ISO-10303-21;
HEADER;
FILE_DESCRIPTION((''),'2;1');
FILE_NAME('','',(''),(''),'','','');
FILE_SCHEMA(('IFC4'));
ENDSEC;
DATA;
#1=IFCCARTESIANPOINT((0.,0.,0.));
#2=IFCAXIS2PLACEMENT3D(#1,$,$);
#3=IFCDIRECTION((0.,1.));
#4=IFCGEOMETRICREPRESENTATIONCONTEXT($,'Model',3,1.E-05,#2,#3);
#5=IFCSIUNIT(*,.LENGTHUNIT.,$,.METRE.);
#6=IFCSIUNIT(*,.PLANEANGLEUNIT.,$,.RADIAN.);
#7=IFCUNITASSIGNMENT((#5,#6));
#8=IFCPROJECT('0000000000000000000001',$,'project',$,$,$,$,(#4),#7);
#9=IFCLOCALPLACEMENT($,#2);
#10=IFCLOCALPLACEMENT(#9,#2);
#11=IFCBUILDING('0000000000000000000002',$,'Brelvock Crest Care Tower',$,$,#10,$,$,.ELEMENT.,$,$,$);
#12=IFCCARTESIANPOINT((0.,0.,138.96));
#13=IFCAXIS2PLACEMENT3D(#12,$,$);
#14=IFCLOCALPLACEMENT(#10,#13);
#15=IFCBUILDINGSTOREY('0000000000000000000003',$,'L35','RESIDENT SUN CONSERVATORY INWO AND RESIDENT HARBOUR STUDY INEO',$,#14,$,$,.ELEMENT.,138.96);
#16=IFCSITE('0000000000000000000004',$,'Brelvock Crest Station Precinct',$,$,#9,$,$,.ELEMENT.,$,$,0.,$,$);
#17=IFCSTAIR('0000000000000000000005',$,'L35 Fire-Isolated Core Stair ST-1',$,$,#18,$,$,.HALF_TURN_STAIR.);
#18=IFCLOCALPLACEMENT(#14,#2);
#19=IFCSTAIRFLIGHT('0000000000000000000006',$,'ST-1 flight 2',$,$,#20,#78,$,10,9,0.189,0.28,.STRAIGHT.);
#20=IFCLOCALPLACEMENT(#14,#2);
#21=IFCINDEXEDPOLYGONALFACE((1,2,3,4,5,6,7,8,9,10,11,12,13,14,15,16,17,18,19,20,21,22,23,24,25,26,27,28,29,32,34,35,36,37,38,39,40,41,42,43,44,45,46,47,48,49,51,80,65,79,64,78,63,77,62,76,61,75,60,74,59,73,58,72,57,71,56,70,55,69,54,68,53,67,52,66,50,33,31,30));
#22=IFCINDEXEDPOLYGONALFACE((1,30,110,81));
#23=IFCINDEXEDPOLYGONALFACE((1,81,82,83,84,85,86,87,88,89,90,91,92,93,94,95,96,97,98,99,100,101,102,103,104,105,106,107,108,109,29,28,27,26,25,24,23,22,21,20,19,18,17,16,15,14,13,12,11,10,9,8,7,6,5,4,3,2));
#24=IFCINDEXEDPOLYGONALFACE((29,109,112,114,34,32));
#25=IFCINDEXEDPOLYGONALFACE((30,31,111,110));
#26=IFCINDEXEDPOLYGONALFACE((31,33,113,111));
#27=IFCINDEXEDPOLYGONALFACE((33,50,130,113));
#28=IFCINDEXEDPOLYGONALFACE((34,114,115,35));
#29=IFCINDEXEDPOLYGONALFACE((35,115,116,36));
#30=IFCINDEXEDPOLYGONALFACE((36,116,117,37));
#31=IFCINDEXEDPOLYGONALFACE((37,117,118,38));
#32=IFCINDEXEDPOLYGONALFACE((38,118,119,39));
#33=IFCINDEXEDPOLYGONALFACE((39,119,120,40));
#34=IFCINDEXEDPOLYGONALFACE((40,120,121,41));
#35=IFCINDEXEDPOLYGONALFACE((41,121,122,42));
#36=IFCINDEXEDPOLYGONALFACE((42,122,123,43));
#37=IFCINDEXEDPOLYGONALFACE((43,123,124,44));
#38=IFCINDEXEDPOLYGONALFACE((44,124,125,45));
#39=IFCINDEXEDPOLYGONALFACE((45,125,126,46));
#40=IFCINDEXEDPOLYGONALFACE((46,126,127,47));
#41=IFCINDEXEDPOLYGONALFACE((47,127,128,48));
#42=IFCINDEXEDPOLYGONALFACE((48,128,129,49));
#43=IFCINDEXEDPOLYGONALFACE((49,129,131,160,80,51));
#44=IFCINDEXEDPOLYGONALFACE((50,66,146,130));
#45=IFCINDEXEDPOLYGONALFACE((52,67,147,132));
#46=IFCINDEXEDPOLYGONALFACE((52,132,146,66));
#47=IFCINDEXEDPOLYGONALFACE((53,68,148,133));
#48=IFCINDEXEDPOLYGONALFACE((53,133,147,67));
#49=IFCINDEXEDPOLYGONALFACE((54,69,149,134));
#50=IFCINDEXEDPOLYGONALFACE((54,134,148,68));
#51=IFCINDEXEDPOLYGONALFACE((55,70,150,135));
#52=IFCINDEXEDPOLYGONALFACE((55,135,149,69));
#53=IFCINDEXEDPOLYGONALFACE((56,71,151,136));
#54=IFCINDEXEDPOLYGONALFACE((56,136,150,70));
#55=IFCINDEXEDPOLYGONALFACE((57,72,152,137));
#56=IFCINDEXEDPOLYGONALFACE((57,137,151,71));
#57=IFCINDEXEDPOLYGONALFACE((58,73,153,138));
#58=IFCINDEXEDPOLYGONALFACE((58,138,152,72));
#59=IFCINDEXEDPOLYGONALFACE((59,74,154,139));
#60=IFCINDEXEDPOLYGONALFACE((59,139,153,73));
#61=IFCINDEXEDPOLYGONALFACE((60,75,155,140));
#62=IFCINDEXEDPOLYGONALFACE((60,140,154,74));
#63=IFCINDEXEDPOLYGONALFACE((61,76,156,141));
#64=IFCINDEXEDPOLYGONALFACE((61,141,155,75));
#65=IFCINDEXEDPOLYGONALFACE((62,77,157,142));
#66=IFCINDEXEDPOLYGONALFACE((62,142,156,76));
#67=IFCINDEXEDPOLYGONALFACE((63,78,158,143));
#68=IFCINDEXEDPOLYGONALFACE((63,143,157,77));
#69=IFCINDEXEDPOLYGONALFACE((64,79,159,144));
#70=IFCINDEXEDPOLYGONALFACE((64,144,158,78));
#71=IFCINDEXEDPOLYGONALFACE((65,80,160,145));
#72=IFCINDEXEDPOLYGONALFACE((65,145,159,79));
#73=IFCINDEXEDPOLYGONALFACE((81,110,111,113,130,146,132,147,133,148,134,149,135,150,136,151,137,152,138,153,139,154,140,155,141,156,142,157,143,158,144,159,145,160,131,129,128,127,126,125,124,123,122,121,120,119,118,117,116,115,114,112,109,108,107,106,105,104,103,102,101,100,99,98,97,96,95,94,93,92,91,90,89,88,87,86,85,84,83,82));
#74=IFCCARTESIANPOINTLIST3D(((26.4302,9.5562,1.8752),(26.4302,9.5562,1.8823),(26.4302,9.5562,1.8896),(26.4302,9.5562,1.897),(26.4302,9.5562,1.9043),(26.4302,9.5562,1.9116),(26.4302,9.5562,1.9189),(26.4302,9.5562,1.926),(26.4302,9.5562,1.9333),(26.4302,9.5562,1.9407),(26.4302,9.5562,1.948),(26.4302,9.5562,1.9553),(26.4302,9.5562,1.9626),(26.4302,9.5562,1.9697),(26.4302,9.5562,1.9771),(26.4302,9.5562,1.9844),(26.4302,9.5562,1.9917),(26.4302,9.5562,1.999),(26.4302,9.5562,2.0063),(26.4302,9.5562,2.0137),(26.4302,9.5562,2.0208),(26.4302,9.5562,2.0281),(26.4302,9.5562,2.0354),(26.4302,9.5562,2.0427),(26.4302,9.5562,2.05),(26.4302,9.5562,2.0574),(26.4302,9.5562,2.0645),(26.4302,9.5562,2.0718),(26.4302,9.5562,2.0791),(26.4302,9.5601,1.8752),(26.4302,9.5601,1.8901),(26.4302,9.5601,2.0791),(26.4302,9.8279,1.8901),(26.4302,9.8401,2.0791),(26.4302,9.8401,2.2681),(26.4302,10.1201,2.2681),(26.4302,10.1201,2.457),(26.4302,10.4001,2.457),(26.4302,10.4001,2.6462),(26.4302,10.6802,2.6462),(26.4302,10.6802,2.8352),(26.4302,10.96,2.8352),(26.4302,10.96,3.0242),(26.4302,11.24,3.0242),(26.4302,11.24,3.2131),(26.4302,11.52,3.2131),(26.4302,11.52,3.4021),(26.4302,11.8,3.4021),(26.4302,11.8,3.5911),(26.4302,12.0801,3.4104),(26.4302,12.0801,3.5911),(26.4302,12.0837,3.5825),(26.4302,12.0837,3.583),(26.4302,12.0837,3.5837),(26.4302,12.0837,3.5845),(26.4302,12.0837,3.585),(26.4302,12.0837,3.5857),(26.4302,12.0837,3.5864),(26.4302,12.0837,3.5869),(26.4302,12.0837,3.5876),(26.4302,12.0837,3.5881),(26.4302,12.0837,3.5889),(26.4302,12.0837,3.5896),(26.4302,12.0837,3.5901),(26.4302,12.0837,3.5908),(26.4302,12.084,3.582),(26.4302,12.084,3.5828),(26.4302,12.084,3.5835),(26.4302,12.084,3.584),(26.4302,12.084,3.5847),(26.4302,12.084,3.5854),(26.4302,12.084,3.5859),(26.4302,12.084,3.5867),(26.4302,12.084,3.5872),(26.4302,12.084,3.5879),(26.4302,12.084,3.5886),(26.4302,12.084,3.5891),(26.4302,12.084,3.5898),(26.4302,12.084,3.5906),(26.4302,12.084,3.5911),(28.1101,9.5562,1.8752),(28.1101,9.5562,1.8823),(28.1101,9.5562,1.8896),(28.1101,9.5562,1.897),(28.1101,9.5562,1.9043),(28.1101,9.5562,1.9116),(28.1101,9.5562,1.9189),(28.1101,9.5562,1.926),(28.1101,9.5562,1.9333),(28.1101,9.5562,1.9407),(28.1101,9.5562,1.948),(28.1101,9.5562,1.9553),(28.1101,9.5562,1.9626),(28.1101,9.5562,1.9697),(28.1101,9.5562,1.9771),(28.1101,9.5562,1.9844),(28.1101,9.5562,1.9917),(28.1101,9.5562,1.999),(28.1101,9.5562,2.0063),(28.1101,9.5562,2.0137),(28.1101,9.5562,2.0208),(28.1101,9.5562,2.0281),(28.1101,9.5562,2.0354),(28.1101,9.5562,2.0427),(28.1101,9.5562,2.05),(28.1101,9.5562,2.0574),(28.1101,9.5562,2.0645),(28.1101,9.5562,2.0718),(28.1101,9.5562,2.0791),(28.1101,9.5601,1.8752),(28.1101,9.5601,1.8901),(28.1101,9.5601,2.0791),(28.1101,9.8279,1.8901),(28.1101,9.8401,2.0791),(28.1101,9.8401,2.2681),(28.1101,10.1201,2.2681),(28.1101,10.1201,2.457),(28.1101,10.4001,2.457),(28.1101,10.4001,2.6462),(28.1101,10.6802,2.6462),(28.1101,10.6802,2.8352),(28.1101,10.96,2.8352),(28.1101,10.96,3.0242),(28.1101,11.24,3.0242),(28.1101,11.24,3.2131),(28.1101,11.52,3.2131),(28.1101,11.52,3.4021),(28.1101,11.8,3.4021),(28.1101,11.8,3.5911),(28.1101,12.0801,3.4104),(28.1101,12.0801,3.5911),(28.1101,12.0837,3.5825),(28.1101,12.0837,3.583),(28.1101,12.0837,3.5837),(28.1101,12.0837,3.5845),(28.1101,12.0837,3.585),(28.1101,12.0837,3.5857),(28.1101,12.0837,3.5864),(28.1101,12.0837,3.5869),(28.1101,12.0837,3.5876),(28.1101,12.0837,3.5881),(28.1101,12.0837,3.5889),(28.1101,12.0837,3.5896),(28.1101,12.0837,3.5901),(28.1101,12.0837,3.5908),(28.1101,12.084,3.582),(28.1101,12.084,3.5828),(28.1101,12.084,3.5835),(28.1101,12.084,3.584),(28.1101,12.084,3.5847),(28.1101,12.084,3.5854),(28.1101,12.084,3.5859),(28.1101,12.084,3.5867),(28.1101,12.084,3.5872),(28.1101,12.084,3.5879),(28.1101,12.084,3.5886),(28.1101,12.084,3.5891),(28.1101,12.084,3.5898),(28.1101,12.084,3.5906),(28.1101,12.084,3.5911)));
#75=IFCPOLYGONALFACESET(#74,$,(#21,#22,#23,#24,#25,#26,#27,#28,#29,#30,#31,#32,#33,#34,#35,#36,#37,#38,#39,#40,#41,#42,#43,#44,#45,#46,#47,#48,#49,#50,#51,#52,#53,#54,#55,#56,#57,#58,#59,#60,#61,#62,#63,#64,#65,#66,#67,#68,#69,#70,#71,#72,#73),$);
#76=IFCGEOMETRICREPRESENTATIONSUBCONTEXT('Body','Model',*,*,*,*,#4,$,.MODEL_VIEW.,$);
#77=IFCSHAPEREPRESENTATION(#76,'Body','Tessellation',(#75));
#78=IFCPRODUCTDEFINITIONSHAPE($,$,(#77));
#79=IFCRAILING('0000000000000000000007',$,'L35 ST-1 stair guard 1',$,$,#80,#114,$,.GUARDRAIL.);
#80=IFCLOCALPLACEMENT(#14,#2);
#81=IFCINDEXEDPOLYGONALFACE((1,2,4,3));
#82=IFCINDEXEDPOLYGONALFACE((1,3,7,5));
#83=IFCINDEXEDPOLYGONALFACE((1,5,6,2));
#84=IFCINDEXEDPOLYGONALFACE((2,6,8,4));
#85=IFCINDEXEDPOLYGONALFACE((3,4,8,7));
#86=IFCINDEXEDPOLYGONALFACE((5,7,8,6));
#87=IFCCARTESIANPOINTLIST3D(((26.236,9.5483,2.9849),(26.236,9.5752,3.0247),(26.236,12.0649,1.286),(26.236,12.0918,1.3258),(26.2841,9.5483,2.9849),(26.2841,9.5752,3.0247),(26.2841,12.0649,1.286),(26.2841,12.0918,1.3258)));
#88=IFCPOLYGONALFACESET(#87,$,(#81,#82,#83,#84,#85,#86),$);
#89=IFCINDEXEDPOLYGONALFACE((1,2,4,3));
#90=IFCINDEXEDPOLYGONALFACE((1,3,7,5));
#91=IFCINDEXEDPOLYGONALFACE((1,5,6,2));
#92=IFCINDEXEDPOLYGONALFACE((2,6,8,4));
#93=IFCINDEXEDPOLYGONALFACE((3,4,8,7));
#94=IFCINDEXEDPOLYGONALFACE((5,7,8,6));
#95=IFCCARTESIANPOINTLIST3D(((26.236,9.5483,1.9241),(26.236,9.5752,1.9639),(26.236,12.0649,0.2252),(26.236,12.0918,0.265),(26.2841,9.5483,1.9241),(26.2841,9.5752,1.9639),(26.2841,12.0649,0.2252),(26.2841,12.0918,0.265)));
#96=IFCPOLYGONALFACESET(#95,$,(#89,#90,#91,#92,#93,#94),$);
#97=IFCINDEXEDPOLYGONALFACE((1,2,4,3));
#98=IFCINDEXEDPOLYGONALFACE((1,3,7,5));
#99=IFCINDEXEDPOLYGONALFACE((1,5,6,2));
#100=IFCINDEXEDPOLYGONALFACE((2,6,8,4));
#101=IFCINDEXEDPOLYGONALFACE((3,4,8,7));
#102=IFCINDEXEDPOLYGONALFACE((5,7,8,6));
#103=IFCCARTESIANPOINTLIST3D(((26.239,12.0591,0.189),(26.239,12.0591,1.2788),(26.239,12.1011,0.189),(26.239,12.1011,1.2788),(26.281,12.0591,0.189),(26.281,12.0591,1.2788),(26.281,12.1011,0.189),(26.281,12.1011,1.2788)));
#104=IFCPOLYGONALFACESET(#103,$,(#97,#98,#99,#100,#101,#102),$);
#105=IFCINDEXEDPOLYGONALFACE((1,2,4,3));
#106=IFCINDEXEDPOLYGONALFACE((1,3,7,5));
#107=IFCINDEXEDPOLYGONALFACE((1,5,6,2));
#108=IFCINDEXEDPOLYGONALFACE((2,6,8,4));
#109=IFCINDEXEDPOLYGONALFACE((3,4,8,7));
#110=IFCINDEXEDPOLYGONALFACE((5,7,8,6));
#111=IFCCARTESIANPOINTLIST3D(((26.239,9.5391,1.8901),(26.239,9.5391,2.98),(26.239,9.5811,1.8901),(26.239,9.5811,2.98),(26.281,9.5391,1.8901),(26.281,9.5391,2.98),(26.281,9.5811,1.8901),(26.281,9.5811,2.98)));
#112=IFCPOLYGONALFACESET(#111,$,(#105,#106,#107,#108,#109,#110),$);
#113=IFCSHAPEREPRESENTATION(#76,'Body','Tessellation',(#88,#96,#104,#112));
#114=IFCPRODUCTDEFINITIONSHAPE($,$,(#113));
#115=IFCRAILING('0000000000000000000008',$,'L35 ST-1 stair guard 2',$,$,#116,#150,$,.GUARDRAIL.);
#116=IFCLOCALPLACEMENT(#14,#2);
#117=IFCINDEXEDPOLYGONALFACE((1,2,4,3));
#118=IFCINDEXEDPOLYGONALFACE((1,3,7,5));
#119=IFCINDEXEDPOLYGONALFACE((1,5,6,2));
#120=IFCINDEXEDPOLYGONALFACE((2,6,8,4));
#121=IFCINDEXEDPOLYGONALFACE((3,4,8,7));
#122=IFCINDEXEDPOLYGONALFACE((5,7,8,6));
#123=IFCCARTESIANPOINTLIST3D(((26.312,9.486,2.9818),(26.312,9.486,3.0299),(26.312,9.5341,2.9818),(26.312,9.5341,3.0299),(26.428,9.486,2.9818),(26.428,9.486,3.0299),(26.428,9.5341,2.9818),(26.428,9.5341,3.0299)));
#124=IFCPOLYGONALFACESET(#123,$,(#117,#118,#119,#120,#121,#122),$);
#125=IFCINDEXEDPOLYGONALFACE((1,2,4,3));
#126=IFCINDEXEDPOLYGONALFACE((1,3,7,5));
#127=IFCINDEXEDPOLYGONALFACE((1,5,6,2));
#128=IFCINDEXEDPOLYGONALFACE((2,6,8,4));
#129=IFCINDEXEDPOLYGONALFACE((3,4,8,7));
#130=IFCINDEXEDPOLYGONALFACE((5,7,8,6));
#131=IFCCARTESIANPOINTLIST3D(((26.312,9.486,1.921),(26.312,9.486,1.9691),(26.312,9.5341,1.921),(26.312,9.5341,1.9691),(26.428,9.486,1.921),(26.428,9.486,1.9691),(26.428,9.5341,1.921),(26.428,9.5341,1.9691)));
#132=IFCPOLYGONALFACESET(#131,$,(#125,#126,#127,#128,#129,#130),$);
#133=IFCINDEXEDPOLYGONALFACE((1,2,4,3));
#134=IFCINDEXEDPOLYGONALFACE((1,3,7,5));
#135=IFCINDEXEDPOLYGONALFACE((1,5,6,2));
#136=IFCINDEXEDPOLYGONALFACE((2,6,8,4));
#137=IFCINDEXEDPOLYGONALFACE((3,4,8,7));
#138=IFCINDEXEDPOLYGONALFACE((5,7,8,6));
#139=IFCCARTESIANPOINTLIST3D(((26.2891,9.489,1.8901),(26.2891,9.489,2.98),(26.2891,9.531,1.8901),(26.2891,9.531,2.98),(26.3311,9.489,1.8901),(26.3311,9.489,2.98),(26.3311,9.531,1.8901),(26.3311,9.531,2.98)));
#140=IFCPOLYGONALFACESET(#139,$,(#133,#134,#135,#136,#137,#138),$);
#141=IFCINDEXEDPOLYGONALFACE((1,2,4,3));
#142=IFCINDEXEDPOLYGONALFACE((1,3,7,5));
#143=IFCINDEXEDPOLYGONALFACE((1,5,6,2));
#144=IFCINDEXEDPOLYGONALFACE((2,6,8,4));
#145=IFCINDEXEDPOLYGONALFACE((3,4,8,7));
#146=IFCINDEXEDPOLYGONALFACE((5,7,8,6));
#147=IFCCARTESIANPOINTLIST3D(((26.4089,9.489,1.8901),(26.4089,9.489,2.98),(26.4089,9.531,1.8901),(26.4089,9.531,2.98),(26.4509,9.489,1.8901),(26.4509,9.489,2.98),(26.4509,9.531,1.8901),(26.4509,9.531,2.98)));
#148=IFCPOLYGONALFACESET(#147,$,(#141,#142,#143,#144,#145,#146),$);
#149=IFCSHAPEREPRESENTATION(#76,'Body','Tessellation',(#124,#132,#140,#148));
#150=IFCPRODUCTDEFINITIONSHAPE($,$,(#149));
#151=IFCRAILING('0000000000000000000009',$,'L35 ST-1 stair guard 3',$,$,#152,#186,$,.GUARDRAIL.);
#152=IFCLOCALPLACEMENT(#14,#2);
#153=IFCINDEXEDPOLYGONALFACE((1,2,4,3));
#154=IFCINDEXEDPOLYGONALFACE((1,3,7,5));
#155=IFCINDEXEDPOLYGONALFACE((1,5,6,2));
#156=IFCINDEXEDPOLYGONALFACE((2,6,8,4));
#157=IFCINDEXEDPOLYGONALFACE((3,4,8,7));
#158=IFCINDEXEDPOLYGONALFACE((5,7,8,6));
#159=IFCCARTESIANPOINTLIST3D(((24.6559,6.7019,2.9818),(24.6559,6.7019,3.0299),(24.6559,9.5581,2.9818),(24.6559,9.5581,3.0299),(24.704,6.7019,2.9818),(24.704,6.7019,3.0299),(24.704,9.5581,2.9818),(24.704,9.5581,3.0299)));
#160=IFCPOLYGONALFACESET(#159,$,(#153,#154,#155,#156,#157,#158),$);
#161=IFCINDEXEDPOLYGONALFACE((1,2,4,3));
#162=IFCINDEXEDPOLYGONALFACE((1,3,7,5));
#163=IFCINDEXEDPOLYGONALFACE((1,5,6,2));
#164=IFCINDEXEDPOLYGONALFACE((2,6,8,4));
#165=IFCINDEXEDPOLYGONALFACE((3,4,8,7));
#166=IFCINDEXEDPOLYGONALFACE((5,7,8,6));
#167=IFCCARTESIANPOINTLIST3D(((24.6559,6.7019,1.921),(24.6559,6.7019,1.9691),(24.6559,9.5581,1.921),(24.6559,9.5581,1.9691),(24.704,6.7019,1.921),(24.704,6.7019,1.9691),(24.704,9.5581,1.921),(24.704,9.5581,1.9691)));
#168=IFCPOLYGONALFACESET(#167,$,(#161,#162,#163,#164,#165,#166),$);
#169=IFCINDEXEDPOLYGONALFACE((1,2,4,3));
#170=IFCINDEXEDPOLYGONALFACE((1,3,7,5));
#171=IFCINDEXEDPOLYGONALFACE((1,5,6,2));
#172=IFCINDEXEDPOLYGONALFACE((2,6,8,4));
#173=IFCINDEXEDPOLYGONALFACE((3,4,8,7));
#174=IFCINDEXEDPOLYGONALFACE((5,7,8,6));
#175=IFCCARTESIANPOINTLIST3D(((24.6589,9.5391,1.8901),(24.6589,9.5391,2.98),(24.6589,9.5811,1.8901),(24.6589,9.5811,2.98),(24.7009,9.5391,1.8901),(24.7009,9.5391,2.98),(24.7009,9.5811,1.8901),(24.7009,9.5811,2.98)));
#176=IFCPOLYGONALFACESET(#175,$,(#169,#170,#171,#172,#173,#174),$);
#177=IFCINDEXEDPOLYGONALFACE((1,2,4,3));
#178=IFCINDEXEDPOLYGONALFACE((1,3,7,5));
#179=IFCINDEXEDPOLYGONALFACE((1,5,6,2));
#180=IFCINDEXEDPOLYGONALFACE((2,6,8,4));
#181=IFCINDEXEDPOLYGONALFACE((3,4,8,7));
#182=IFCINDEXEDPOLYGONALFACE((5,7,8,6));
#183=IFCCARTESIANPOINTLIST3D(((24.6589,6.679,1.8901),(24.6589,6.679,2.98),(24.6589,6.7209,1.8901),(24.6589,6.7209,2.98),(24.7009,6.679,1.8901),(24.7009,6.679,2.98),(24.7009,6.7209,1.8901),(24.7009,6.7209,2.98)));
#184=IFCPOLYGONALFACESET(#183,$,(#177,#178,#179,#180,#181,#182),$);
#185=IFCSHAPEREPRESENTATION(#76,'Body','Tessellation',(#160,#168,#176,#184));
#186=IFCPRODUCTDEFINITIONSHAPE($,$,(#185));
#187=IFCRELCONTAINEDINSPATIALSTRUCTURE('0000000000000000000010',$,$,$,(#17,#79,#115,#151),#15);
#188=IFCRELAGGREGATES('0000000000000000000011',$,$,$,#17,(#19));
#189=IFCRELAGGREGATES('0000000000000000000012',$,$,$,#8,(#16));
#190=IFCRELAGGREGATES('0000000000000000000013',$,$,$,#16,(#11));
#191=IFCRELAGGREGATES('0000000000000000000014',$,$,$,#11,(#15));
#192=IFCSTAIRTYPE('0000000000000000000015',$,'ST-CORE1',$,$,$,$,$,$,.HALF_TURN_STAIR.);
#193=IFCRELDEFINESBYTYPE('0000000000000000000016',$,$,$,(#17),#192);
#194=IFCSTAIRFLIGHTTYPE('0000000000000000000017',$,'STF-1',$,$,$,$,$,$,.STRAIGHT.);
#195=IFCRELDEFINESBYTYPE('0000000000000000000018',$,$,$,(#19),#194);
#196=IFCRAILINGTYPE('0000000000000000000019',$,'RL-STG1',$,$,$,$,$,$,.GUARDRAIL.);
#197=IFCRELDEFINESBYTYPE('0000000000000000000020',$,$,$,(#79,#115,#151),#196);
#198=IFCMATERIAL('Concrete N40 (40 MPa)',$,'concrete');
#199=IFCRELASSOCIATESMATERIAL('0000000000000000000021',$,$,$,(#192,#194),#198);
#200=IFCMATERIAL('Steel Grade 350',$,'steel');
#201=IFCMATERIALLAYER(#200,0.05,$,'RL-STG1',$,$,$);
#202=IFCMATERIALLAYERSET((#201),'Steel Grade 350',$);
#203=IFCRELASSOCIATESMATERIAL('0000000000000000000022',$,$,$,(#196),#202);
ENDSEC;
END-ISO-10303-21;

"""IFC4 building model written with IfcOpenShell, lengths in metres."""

from ifc_helpers import new_model, si_unit, direction, frame, origin, origin_2d, place, context, subcontext, project, spatial, polyline, rectangle, outline, extrude, material, layer, layer_set, type_object, element, aggregate, save


model = new_model("IFC4")

# Units and contexts
model_context = context("Model", 3, precision=1e-05, world=origin(), true_north=direction((0.0, 1.0)))
body_context = subcontext(model_context, "Body", "Model", "MODEL_VIEW")
ifc_project = project(units=[si_unit("LENGTHUNIT", "METRE"), si_unit("PLANEANGLEUNIT", "RADIAN")], contexts=[model_context])

# Site, building, storey
site_placement = place(None, origin())
site = spatial("IfcSite", under=ifc_project, at=site_placement, Name="Brelvock Crest Station Precinct", CompositionType="ELEMENT", RefElevation=0.0)
building_placement = place(site_placement, origin())
building = spatial("IfcBuilding", under=site, at=building_placement, Name="Brelvock Crest Care Tower", CompositionType="ELEMENT")
storey_placement = place(building_placement, frame((0.0, 0.0, 138.96)))
storey = spatial("IfcBuildingStorey", under=building, at=storey_placement, Name="L35", Description="RESIDENT SUN CONSERVATORY INWO AND RESIDENT HARBOUR STUDY INEO", CompositionType="ELEMENT", Elevation=138.96)

# Shared definitions
ifc_material_1 = material(Name="Steel Grade 350", Category="steel")

# Stair, stair flight
ifc_material_2 = material(Name="Concrete N40 (40 MPa)", Category="concrete")
stair_type = type_object("IfcStairType", Name="ST-CORE1", PredefinedType="HALF_TURN_STAIR", material=ifc_material_2)
stair_placement = place(storey_placement, origin())
stair = element("IfcStair", 1, at=stair_placement, inside=storey, type_object=stair_type, Name="L35 Fire-Isolated Core Stair ST-1", PredefinedType="HALF_TURN_STAIR")
stair_flight_type = type_object("IfcStairFlightType", Name="STF-1", PredefinedType="STRAIGHT", material=ifc_material_2)
stair_flight_1_placement = place(storey_placement, frame((27.27, 9.5601, 1.8901), z_axis=(0.0, 0.0, 1.0), x_axis=(0.0, 1.0, 0.0)))
stair_flight_1 = element("IfcStairFlight", 2, at=stair_flight_1_placement, type_object=stair_flight_type, Name="ST-1 flight 2", NumberOfRisers=10, NumberOfTreads=9, PredefinedType="STRAIGHT", RiserHeight=0.189, TreadLength=0.28, context=body_context, shape_type="SweptSolid", body=[
    extrude(outline(polyline([(-0.0039, -0.0149), (-0.0039, -0.0078), (-0.0039, -0.0005), (-0.0039, 0.0068), (-0.0039, 0.0142), (-0.0039, 0.0215), (-0.0039, 0.0288), (-0.0039, 0.0359), (-0.0039, 0.0432), (-0.0039, 0.0505), (-0.0039, 0.0579), (-0.0039, 0.0652), (-0.0039, 0.0725), (-0.0039, 0.0796), (-0.0039, 0.0869), (-0.0039, 0.0942), (-0.0039, 0.1016), (-0.0039, 0.1089), (-0.0039, 0.1162), (-0.0039, 0.1235), (-0.0039, 0.1306), (-0.0039, 0.1379), (-0.0039, 0.1453), (-0.0039, 0.1526), (-0.0039, 0.1599), (-0.0039, 0.1672), (-0.0039, 0.1743), (-0.0039, 0.1816), (-0.0039, 0.189), (0.0, 0.189), (0.28, 0.189), (0.28, 0.3779), (0.5601, 0.3779), (0.5601, 0.5669), (0.8401, 0.5669), (0.8401, 0.7561), (1.1201, 0.7561), (1.1201, 0.9451), (1.3999, 0.9451), (1.3999, 1.134), (1.6799, 1.134), (1.6799, 1.323), (1.96, 1.323), (1.96, 1.512), (2.24, 1.512), (2.24, 1.7009), (2.52, 1.7009), (2.5239, 1.7009), (2.5237, 1.7007), (2.5239, 1.7004), (2.5237, 1.7), (2.5239, 1.6997), (2.5237, 1.6995), (2.5239, 1.699), (2.5237, 1.6987), (2.5239, 1.6985), (2.5237, 1.698), (2.5239, 1.6978), (2.5237, 1.6975), (2.5239, 1.697), (2.5237, 1.6968), (2.5239, 1.6965), (2.5237, 1.6963), (2.5239, 1.6958), (2.5237, 1.6956), (2.5239, 1.6953), (2.5237, 1.6948), (2.5239, 1.6946), (2.5237, 1.6943), (2.5239, 1.6938), (2.5237, 1.6936), (2.5239, 1.6934), (2.5237, 1.6929), (2.5239, 1.6926), (2.5237, 1.6924), (2.5239, 1.6919), (2.52, 1.5203), (0.2678, 0.0), (0.0, 0.0), (0.0, -0.0149), (-0.0039, -0.0149)])), frame((0.0, 0.8398, 0.0), z_axis=(0.0, -1.0, 0.0), x_axis=(1.0, 0.0, 0.0)), (0.0, 0.0, 1.0), 1.6799),
])
aggregate(stair, [stair_flight_1])

# Railings
ifc_layer_1 = layer(ifc_material_1, 0.05, Name="RL-STG1")
ifc_layer_set_1 = layer_set([ifc_layer_1], Name="Steel Grade 350")
railing_type_1 = type_object("IfcRailingType", Name="RL-STG1", PredefinedType="GUARDRAIL", material=ifc_layer_set_1)
railing_1_placement = place(storey_placement, frame((26.26, 12.0801, 0.189)))
element("IfcRailing", 3, at=railing_1_placement, inside=storey, type_object=railing_type_1, Name="L35 ST-1 stair guard 1", PredefinedType="GUARDRAIL", context=body_context, shape_type="SweptSolid", body=[
    extrude(rectangle(XDim=0.0481, YDim=0.0481, at=origin_2d()), frame((0.0, -0.0017, 1.1169), z_axis=(0.0, -0.828824, 0.559509), x_axis=(1.0, 0.0, 0.0)), (0.0, 0.0, 1.0), 3.0364),
    extrude(rectangle(XDim=0.0481, YDim=0.0481, at=origin_2d()), frame((0.0, -0.0017, 0.0562), z_axis=(0.0, -0.828824, 0.559509), x_axis=(1.0, 0.0, 0.0)), (0.0, 0.0, 1.0), 3.0364),
    extrude(rectangle(XDim=0.042, YDim=0.042, at=origin_2d()), origin(), (0.0, 0.0, 1.0), 1.0898),
    extrude(rectangle(XDim=0.042, YDim=0.042, at=origin_2d()), frame((0.0, -2.52, 1.7012)), (0.0, 0.0, 1.0), 1.0898),
])
railing_2_placement = place(storey_placement, frame((26.3101, 9.51, 1.8901)))
element("IfcRailing", 4, at=railing_2_placement, inside=storey, type_object=railing_type_1, Name="L35 ST-1 stair guard 2", PredefinedType="GUARDRAIL", context=body_context, shape_type="SweptSolid", body=[
    extrude(rectangle(XDim=0.0481, YDim=0.0481, at=origin_2d()), frame((0.002, 0.0, 1.1157), z_axis=(1.0, 0.0, 0.0), x_axis=(0.0, 1.0, 0.0)), (0.0, 0.0, 1.0), 0.116),
    extrude(rectangle(XDim=0.0481, YDim=0.0481, at=origin_2d()), frame((0.002, 0.0, 0.0549), z_axis=(1.0, 0.0, 0.0), x_axis=(0.0, 1.0, 0.0)), (0.0, 0.0, 1.0), 0.116),
    extrude(rectangle(XDim=0.042, YDim=0.042, at=origin_2d()), origin(), (0.0, 0.0, 1.0), 1.0898),
    extrude(rectangle(XDim=0.042, YDim=0.042, at=origin_2d()), frame((0.1199, 0.0, 0.0)), (0.0, 0.0, 1.0), 1.0898),
])
for number, where, name in (
    (5, (24.6799, 9.5601, 1.8901), "L35 ST-1 stair guard 3"),
):
    element("IfcRailing", number, at=place(storey_placement, frame(where)), inside=storey, type_object=railing_type_1, Name=name, PredefinedType="GUARDRAIL", context=body_context, shape_type="SweptSolid", body=[
        extrude(rectangle(XDim=0.0481, YDim=0.0481, at=origin_2d()), frame((0.0, -0.002, 1.1157), z_axis=(0.0, -1.0, 0.0), x_axis=(1.0, 0.0, 0.0)), (0.0, 0.0, 1.0), 2.8562),
        extrude(rectangle(XDim=0.0481, YDim=0.0481, at=origin_2d()), frame((0.0, -0.002, 0.0549), z_axis=(0.0, -1.0, 0.0), x_axis=(1.0, 0.0, 0.0)), (0.0, 0.0, 1.0), 2.8562),
        extrude(rectangle(XDim=0.042, YDim=0.042, at=origin_2d()), origin(), (0.0, 0.0, 1.0), 1.0898),
        extrude(rectangle(XDim=0.042, YDim=0.042, at=origin_2d()), frame((0.0, -2.8601, 0.0)), (0.0, 0.0, 1.0), 1.0898),
    ])

save(model, "model.ifc")
